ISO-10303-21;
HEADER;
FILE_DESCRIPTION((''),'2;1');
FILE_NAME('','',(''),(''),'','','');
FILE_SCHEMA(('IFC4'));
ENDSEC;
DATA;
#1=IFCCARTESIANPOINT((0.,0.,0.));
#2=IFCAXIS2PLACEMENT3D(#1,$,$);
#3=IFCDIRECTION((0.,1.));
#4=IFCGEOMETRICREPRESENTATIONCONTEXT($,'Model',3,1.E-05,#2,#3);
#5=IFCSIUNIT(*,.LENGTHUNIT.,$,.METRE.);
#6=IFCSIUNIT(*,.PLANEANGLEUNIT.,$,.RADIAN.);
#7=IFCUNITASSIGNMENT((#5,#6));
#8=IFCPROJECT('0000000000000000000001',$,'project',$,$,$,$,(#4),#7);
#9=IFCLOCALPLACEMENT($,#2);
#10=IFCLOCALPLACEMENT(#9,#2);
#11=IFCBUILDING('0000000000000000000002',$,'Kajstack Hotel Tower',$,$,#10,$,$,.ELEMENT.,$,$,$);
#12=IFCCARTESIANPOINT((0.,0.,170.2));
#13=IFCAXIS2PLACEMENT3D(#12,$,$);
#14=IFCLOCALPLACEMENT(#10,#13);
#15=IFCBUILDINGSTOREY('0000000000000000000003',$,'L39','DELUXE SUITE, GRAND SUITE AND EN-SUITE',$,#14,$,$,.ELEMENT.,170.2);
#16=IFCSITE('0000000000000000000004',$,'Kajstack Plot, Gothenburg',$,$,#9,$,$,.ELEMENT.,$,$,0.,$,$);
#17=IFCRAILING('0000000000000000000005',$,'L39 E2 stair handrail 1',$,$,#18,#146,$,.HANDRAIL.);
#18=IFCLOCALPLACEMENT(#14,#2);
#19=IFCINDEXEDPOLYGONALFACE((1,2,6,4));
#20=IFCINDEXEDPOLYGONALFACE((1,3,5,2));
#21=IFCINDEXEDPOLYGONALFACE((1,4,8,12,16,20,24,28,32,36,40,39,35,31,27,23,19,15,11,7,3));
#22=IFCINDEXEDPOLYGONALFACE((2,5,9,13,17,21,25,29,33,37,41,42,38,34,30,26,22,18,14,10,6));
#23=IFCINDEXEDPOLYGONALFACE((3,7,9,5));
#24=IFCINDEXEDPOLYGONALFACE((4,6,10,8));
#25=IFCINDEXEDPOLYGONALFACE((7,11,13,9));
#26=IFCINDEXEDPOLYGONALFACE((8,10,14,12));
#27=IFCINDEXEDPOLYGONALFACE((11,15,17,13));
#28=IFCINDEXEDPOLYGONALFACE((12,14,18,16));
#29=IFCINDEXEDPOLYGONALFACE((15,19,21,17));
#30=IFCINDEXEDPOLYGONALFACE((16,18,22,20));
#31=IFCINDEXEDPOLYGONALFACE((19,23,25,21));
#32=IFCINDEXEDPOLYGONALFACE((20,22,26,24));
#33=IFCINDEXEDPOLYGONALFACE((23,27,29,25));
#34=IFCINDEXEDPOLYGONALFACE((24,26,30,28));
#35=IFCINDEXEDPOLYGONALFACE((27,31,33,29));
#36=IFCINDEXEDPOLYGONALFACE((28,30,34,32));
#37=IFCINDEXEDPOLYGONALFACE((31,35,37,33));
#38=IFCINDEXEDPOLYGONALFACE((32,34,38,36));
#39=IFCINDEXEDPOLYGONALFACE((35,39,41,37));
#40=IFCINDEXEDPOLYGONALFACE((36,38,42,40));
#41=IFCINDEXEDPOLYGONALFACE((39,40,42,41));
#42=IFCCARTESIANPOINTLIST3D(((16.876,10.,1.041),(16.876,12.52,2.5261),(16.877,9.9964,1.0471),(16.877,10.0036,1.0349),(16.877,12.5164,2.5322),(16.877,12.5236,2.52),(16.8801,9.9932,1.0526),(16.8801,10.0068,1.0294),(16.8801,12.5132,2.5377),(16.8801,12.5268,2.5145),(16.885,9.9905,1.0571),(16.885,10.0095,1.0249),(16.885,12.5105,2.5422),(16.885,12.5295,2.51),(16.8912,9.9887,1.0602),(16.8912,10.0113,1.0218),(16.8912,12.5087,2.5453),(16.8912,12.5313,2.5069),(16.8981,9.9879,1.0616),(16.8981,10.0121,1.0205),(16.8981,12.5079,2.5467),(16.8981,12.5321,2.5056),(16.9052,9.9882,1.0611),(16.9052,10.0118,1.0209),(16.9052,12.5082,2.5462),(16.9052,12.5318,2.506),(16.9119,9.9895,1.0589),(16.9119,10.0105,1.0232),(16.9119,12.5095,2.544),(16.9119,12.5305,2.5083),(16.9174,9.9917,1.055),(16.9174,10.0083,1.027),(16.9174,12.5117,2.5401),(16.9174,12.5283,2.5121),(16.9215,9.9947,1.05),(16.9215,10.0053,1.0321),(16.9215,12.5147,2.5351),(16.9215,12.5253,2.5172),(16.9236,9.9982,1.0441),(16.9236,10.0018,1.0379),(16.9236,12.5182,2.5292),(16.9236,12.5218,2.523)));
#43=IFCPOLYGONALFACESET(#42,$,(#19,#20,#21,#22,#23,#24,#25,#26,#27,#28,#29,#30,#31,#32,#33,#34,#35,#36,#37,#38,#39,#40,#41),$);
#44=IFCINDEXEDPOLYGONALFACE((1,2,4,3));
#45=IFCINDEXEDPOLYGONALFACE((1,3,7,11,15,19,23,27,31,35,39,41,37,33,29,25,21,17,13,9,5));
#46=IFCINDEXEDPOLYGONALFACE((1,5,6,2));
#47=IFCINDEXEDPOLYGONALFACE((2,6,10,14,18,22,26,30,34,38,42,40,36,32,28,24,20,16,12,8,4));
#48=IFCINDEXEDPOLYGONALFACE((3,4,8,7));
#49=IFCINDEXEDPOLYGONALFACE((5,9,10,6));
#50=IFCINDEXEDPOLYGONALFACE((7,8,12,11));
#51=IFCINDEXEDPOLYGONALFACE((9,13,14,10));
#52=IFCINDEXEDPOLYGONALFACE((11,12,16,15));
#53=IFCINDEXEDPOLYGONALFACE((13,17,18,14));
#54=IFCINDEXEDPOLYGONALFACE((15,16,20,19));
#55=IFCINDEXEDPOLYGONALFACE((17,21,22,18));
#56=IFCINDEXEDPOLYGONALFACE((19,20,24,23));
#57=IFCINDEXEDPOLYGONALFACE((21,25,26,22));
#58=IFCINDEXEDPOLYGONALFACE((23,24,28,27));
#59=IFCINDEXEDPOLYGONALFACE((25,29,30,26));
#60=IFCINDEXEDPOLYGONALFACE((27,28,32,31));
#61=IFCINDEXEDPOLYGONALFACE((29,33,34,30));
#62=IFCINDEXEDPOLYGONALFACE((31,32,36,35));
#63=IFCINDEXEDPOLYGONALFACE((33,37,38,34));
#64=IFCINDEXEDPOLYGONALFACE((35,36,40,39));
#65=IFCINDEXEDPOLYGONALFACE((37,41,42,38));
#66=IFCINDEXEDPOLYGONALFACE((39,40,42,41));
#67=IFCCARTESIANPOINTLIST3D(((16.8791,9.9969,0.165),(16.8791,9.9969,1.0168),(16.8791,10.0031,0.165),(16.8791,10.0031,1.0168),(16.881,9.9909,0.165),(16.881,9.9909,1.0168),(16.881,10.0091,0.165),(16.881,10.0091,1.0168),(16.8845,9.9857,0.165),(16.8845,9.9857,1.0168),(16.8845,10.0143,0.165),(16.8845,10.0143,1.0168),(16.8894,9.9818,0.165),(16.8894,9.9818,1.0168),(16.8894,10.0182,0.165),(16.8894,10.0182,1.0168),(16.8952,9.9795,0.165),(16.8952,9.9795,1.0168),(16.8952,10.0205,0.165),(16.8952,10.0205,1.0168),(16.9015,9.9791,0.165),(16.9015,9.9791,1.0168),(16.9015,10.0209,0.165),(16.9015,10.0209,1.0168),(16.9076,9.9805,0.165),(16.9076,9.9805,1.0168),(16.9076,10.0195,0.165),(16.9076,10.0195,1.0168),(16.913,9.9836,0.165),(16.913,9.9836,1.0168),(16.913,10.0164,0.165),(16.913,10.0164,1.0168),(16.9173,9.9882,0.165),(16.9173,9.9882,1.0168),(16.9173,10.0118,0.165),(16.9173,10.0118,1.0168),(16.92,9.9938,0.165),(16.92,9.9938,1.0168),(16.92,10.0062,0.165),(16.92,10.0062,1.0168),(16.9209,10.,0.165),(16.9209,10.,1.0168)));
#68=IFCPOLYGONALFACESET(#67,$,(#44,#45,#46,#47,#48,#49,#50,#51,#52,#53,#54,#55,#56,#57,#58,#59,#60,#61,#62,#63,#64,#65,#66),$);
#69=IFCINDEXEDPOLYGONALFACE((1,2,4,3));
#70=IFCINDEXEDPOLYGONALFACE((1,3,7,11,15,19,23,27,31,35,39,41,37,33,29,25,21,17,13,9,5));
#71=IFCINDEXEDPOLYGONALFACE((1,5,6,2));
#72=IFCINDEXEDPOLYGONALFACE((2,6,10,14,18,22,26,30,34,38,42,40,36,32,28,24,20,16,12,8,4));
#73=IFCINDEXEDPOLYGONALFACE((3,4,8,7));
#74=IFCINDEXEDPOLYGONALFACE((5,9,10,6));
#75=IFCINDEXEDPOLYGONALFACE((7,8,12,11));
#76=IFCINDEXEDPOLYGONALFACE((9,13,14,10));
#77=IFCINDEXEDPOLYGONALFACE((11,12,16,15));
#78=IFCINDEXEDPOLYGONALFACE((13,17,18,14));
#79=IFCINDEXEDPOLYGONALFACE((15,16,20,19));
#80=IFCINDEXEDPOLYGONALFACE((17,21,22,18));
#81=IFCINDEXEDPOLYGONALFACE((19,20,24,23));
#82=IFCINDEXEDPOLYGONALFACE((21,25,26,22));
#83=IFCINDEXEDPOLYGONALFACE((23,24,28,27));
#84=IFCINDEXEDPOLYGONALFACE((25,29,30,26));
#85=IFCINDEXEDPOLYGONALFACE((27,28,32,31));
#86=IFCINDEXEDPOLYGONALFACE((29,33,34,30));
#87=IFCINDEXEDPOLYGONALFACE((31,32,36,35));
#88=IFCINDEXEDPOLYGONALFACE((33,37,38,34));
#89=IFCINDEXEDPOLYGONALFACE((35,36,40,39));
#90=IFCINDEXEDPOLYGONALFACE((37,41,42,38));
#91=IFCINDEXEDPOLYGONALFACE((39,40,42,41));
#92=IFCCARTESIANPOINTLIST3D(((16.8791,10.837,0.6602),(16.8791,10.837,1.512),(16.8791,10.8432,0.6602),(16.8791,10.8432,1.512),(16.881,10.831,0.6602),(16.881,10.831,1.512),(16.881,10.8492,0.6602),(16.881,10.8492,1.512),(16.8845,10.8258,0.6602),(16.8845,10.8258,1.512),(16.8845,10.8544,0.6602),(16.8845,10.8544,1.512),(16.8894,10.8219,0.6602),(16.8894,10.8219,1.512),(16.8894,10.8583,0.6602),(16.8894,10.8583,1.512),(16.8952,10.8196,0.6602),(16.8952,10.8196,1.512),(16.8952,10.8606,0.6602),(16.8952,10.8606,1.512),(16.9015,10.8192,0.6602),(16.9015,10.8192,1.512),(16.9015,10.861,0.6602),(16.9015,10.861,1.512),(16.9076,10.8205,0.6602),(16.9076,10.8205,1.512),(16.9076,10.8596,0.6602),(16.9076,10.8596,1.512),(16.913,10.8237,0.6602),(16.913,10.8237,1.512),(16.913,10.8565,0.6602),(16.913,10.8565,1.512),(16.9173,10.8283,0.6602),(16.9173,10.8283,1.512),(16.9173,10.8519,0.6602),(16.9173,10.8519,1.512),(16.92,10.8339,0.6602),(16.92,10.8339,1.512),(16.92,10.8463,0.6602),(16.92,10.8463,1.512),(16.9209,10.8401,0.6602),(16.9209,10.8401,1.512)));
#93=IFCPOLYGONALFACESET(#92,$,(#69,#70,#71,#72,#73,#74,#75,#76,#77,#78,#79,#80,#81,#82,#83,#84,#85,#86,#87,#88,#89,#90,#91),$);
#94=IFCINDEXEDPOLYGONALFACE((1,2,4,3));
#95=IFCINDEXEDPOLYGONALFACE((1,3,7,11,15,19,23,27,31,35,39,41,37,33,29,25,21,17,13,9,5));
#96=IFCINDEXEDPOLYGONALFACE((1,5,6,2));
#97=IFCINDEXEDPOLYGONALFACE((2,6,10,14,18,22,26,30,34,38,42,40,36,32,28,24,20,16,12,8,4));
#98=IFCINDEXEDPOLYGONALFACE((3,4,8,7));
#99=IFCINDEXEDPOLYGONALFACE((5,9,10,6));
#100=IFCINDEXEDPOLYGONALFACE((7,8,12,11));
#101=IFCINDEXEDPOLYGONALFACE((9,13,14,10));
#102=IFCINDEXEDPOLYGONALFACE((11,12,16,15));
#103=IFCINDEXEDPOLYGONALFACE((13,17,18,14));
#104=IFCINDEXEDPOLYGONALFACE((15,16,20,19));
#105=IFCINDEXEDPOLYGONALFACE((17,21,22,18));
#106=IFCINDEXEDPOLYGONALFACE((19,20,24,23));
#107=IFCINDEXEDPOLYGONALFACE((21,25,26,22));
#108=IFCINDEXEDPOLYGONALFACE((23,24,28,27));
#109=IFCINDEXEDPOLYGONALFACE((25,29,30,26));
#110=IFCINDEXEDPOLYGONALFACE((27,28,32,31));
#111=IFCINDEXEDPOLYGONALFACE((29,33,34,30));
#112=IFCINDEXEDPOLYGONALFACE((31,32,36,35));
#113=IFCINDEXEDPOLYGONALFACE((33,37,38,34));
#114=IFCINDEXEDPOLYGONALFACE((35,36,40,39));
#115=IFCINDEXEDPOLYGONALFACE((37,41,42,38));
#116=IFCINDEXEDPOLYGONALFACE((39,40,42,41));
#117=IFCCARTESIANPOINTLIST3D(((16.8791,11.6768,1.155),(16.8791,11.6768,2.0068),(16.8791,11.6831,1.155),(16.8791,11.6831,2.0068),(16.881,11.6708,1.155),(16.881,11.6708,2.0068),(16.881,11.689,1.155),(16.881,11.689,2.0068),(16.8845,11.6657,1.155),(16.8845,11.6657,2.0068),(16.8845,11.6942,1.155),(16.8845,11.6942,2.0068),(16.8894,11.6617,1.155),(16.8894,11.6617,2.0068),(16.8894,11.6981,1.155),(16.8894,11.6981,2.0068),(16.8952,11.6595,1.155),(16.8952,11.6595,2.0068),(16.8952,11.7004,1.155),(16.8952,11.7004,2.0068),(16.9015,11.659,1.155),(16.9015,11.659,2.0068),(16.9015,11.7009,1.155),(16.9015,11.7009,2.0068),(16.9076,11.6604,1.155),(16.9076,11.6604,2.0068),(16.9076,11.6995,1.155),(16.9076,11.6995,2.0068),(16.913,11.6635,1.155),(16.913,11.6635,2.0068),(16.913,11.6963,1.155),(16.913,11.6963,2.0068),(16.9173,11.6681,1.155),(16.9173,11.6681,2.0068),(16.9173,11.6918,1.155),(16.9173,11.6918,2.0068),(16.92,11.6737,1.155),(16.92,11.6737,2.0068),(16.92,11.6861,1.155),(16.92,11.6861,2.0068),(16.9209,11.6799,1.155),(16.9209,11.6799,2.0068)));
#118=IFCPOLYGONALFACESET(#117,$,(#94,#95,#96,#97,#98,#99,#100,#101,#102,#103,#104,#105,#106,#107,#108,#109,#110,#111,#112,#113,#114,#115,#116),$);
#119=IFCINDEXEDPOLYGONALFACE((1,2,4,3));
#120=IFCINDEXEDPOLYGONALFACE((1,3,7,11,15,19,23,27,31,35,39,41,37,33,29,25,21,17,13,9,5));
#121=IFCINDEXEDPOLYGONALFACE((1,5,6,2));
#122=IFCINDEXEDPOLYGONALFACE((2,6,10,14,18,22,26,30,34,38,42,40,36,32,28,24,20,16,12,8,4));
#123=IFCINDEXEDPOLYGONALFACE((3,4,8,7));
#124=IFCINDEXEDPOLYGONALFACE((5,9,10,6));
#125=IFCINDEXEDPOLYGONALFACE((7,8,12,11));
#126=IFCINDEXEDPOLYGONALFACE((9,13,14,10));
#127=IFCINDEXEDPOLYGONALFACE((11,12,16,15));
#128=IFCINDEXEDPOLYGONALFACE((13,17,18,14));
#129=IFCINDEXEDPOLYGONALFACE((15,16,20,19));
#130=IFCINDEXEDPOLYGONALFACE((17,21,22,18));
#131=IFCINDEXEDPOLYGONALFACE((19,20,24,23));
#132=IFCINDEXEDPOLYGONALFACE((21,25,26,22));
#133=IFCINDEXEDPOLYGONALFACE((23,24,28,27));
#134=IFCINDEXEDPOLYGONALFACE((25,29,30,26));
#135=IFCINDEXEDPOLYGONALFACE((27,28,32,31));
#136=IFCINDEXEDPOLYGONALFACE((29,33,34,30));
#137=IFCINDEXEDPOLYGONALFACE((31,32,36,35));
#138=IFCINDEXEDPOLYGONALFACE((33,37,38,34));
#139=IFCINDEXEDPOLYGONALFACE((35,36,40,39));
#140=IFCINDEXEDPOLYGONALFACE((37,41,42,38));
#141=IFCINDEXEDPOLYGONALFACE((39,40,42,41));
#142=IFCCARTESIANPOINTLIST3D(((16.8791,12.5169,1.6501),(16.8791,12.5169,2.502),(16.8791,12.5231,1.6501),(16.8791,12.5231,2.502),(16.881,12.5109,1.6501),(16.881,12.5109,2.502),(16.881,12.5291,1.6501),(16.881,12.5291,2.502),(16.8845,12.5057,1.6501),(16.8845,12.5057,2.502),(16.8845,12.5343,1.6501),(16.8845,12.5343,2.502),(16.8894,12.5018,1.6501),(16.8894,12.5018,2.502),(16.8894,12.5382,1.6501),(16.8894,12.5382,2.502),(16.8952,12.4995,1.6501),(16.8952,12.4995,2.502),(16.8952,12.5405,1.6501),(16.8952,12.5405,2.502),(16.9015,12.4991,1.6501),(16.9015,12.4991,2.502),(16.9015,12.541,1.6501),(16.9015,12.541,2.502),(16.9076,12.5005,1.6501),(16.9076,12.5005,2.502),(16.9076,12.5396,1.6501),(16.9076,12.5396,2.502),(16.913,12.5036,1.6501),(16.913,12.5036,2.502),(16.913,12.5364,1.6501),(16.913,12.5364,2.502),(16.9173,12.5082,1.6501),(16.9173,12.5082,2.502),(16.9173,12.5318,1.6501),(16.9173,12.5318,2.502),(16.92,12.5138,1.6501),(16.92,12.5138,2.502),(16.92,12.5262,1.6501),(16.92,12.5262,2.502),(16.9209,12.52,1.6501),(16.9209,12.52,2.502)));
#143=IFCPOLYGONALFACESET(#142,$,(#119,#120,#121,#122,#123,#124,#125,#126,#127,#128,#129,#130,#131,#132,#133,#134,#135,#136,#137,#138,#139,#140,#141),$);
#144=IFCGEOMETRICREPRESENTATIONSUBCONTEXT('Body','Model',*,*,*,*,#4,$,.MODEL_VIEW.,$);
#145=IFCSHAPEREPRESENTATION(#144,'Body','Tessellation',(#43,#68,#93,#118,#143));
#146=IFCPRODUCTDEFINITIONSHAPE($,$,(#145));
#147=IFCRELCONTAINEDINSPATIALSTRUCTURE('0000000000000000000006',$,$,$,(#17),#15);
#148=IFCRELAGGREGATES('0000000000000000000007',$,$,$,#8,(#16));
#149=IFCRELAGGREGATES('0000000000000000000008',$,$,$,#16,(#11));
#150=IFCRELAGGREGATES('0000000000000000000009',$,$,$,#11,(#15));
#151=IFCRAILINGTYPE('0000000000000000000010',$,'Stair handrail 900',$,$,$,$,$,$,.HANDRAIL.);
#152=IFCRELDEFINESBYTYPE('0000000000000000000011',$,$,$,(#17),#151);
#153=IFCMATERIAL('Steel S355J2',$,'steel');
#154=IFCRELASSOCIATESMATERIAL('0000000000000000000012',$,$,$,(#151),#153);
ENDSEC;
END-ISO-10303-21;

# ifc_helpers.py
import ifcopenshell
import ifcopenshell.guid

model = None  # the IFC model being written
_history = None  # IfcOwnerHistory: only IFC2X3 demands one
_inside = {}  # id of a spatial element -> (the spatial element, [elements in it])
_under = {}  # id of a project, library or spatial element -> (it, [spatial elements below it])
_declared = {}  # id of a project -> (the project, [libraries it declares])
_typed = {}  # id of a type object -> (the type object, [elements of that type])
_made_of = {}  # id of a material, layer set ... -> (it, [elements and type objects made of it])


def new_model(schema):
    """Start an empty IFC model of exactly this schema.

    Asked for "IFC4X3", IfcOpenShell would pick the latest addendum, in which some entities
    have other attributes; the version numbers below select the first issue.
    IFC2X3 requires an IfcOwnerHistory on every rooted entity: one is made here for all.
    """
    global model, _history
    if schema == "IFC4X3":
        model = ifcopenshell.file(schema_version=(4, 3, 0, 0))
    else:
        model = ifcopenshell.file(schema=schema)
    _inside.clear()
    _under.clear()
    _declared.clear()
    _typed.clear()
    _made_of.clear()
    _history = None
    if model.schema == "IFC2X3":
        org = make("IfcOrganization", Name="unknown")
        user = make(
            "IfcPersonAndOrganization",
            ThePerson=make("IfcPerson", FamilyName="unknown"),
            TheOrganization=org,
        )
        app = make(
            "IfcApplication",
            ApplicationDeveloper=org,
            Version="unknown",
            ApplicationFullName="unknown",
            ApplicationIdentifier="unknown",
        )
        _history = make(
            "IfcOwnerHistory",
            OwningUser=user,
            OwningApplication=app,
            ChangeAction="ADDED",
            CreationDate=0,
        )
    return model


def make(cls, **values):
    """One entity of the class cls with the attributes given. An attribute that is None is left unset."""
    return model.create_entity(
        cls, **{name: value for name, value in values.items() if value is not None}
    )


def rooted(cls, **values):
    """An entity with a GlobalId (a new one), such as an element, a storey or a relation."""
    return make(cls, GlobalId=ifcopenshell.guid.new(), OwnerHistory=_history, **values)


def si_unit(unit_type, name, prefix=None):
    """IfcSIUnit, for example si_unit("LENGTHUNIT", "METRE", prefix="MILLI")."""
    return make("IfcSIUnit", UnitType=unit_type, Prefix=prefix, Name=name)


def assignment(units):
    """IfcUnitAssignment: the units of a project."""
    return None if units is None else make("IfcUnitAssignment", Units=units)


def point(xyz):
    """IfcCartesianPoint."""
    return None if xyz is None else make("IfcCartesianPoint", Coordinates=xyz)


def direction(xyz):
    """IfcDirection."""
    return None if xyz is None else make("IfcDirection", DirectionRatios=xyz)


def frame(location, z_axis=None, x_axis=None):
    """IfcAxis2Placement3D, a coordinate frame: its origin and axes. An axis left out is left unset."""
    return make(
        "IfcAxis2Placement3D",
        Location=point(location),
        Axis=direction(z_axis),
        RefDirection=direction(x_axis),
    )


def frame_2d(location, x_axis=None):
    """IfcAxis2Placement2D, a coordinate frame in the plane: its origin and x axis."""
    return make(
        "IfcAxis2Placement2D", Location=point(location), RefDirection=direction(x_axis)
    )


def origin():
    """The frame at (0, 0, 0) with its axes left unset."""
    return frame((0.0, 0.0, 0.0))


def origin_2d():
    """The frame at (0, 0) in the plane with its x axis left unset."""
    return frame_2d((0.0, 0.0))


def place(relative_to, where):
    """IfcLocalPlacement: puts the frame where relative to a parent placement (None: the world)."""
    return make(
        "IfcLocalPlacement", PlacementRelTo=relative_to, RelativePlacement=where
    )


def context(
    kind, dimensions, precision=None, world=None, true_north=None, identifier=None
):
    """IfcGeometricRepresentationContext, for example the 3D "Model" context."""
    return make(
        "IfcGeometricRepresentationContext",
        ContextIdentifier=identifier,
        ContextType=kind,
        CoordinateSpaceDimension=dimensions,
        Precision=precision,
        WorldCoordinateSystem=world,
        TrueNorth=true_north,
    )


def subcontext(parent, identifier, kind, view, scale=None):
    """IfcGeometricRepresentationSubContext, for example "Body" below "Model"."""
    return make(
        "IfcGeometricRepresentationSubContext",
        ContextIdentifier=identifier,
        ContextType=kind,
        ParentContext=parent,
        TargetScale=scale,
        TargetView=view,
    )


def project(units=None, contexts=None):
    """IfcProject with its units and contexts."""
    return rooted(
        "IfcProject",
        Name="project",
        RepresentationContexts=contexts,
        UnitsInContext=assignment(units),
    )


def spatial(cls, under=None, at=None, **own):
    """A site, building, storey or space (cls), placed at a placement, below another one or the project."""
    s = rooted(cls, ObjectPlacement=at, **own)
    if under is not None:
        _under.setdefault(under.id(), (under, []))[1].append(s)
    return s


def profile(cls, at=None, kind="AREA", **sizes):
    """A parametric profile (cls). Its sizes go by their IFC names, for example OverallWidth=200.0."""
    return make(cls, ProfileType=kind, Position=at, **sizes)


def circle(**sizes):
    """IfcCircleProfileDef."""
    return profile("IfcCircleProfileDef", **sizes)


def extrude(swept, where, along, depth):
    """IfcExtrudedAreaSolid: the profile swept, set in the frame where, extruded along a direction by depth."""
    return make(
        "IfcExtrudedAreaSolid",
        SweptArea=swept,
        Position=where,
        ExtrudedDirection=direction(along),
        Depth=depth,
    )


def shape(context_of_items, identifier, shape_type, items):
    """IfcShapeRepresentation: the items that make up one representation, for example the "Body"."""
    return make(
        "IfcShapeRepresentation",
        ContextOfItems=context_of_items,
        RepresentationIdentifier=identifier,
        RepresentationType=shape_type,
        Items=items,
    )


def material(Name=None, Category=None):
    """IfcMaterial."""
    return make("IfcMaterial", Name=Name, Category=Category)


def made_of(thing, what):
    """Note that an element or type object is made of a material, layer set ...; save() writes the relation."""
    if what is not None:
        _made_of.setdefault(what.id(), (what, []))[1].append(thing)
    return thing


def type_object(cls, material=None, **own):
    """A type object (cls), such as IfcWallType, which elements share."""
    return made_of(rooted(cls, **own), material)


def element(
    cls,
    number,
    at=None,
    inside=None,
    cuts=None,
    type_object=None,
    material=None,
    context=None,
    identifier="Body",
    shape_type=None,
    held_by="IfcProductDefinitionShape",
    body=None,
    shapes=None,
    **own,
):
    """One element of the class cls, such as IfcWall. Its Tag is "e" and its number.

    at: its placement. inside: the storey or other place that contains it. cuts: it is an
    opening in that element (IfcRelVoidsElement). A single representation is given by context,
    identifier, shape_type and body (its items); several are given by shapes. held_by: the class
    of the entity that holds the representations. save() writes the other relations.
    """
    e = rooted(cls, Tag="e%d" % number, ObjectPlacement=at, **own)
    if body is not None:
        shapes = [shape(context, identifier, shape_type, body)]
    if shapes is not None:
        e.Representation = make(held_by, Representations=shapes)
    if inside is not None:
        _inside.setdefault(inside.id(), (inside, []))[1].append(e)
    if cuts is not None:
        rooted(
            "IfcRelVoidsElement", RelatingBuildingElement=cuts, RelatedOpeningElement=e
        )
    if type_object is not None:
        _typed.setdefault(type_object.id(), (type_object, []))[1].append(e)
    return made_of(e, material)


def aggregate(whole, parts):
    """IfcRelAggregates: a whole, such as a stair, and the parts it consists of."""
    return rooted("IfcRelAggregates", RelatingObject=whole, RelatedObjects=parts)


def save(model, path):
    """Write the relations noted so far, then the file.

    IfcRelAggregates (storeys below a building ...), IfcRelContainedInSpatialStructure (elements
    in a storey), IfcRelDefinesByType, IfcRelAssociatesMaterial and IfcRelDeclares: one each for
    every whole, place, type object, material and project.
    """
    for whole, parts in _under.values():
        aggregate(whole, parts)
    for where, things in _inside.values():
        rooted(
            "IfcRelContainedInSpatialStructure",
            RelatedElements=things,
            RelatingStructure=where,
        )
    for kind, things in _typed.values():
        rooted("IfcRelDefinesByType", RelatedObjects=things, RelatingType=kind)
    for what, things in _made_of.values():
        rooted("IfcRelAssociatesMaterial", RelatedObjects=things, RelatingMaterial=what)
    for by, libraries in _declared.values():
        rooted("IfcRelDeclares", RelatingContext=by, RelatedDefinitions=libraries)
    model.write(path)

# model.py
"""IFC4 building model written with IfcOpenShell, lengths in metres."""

from ifc_helpers import new_model, si_unit, direction, frame, origin, origin_2d, place, context, subcontext, project, spatial, circle, extrude, material, type_object, element, save


model = new_model("IFC4")

# Units and contexts
model_context = context("Model", 3, precision=1e-05, world=origin(), true_north=direction((0.0, 1.0)))
body_context = subcontext(model_context, "Body", "Model", "MODEL_VIEW")
ifc_project = project(units=[si_unit("LENGTHUNIT", "METRE"), si_unit("PLANEANGLEUNIT", "RADIAN")], contexts=[model_context])

# Site, building, storey
site_placement = place(None, origin())
site = spatial("IfcSite", under=ifc_project, at=site_placement, Name="Kajstack Plot, Gothenburg", CompositionType="ELEMENT", RefElevation=0.0)
building_placement = place(site_placement, origin())
building = spatial("IfcBuilding", under=site, at=building_placement, Name="Kajstack Hotel Tower", CompositionType="ELEMENT")
storey_placement = place(building_placement, frame((0.0, 0.0, 170.2)))
storey = spatial("IfcBuildingStorey", under=building, at=storey_placement, Name="L39", Description="DELUXE SUITE, GRAND SUITE AND EN-SUITE", CompositionType="ELEMENT", Elevation=170.2)

# Railing
ifc_material_1 = material(Name="Steel S355J2", Category="steel")
railing_type_1 = type_object("IfcRailingType", Name="Stair handrail 900", PredefinedType="HANDRAIL", material=ifc_material_1)
railing_1_placement = place(storey_placement, frame((16.8999, 10.0, 0.165)))
element("IfcRailing", 1, at=railing_1_placement, inside=storey, type_object=railing_type_1, Name="L39 E2 stair handrail 1", PredefinedType="HANDRAIL", context=body_context, shape_type="SweptSolid", body=[
    extrude(circle(Radius=0.0239, at=origin_2d()), frame((0.0, 0.0, 0.876), z_axis=(0.0, 0.861524, 0.507717), x_axis=(-1.0, 0.0, 0.0)), (0.0, 0.0, 1.0), 2.925),
    extrude(circle(Radius=0.021, at=origin_2d()), origin(), (0.0, 0.0, 1.0), 0.8518),
    extrude(circle(Radius=0.021, at=origin_2d()), frame((0.0, 0.8401, 0.4951)), (0.0, 0.0, 1.0), 0.8518),
    extrude(circle(Radius=0.021, at=origin_2d()), frame((0.0, 1.6799, 0.99)), (0.0, 0.0, 1.0), 0.8518),
    extrude(circle(Radius=0.021, at=origin_2d()), frame((0.0, 2.52, 1.4851)), (0.0, 0.0, 1.0), 0.8518),
])

save(model, "model.ifc")
